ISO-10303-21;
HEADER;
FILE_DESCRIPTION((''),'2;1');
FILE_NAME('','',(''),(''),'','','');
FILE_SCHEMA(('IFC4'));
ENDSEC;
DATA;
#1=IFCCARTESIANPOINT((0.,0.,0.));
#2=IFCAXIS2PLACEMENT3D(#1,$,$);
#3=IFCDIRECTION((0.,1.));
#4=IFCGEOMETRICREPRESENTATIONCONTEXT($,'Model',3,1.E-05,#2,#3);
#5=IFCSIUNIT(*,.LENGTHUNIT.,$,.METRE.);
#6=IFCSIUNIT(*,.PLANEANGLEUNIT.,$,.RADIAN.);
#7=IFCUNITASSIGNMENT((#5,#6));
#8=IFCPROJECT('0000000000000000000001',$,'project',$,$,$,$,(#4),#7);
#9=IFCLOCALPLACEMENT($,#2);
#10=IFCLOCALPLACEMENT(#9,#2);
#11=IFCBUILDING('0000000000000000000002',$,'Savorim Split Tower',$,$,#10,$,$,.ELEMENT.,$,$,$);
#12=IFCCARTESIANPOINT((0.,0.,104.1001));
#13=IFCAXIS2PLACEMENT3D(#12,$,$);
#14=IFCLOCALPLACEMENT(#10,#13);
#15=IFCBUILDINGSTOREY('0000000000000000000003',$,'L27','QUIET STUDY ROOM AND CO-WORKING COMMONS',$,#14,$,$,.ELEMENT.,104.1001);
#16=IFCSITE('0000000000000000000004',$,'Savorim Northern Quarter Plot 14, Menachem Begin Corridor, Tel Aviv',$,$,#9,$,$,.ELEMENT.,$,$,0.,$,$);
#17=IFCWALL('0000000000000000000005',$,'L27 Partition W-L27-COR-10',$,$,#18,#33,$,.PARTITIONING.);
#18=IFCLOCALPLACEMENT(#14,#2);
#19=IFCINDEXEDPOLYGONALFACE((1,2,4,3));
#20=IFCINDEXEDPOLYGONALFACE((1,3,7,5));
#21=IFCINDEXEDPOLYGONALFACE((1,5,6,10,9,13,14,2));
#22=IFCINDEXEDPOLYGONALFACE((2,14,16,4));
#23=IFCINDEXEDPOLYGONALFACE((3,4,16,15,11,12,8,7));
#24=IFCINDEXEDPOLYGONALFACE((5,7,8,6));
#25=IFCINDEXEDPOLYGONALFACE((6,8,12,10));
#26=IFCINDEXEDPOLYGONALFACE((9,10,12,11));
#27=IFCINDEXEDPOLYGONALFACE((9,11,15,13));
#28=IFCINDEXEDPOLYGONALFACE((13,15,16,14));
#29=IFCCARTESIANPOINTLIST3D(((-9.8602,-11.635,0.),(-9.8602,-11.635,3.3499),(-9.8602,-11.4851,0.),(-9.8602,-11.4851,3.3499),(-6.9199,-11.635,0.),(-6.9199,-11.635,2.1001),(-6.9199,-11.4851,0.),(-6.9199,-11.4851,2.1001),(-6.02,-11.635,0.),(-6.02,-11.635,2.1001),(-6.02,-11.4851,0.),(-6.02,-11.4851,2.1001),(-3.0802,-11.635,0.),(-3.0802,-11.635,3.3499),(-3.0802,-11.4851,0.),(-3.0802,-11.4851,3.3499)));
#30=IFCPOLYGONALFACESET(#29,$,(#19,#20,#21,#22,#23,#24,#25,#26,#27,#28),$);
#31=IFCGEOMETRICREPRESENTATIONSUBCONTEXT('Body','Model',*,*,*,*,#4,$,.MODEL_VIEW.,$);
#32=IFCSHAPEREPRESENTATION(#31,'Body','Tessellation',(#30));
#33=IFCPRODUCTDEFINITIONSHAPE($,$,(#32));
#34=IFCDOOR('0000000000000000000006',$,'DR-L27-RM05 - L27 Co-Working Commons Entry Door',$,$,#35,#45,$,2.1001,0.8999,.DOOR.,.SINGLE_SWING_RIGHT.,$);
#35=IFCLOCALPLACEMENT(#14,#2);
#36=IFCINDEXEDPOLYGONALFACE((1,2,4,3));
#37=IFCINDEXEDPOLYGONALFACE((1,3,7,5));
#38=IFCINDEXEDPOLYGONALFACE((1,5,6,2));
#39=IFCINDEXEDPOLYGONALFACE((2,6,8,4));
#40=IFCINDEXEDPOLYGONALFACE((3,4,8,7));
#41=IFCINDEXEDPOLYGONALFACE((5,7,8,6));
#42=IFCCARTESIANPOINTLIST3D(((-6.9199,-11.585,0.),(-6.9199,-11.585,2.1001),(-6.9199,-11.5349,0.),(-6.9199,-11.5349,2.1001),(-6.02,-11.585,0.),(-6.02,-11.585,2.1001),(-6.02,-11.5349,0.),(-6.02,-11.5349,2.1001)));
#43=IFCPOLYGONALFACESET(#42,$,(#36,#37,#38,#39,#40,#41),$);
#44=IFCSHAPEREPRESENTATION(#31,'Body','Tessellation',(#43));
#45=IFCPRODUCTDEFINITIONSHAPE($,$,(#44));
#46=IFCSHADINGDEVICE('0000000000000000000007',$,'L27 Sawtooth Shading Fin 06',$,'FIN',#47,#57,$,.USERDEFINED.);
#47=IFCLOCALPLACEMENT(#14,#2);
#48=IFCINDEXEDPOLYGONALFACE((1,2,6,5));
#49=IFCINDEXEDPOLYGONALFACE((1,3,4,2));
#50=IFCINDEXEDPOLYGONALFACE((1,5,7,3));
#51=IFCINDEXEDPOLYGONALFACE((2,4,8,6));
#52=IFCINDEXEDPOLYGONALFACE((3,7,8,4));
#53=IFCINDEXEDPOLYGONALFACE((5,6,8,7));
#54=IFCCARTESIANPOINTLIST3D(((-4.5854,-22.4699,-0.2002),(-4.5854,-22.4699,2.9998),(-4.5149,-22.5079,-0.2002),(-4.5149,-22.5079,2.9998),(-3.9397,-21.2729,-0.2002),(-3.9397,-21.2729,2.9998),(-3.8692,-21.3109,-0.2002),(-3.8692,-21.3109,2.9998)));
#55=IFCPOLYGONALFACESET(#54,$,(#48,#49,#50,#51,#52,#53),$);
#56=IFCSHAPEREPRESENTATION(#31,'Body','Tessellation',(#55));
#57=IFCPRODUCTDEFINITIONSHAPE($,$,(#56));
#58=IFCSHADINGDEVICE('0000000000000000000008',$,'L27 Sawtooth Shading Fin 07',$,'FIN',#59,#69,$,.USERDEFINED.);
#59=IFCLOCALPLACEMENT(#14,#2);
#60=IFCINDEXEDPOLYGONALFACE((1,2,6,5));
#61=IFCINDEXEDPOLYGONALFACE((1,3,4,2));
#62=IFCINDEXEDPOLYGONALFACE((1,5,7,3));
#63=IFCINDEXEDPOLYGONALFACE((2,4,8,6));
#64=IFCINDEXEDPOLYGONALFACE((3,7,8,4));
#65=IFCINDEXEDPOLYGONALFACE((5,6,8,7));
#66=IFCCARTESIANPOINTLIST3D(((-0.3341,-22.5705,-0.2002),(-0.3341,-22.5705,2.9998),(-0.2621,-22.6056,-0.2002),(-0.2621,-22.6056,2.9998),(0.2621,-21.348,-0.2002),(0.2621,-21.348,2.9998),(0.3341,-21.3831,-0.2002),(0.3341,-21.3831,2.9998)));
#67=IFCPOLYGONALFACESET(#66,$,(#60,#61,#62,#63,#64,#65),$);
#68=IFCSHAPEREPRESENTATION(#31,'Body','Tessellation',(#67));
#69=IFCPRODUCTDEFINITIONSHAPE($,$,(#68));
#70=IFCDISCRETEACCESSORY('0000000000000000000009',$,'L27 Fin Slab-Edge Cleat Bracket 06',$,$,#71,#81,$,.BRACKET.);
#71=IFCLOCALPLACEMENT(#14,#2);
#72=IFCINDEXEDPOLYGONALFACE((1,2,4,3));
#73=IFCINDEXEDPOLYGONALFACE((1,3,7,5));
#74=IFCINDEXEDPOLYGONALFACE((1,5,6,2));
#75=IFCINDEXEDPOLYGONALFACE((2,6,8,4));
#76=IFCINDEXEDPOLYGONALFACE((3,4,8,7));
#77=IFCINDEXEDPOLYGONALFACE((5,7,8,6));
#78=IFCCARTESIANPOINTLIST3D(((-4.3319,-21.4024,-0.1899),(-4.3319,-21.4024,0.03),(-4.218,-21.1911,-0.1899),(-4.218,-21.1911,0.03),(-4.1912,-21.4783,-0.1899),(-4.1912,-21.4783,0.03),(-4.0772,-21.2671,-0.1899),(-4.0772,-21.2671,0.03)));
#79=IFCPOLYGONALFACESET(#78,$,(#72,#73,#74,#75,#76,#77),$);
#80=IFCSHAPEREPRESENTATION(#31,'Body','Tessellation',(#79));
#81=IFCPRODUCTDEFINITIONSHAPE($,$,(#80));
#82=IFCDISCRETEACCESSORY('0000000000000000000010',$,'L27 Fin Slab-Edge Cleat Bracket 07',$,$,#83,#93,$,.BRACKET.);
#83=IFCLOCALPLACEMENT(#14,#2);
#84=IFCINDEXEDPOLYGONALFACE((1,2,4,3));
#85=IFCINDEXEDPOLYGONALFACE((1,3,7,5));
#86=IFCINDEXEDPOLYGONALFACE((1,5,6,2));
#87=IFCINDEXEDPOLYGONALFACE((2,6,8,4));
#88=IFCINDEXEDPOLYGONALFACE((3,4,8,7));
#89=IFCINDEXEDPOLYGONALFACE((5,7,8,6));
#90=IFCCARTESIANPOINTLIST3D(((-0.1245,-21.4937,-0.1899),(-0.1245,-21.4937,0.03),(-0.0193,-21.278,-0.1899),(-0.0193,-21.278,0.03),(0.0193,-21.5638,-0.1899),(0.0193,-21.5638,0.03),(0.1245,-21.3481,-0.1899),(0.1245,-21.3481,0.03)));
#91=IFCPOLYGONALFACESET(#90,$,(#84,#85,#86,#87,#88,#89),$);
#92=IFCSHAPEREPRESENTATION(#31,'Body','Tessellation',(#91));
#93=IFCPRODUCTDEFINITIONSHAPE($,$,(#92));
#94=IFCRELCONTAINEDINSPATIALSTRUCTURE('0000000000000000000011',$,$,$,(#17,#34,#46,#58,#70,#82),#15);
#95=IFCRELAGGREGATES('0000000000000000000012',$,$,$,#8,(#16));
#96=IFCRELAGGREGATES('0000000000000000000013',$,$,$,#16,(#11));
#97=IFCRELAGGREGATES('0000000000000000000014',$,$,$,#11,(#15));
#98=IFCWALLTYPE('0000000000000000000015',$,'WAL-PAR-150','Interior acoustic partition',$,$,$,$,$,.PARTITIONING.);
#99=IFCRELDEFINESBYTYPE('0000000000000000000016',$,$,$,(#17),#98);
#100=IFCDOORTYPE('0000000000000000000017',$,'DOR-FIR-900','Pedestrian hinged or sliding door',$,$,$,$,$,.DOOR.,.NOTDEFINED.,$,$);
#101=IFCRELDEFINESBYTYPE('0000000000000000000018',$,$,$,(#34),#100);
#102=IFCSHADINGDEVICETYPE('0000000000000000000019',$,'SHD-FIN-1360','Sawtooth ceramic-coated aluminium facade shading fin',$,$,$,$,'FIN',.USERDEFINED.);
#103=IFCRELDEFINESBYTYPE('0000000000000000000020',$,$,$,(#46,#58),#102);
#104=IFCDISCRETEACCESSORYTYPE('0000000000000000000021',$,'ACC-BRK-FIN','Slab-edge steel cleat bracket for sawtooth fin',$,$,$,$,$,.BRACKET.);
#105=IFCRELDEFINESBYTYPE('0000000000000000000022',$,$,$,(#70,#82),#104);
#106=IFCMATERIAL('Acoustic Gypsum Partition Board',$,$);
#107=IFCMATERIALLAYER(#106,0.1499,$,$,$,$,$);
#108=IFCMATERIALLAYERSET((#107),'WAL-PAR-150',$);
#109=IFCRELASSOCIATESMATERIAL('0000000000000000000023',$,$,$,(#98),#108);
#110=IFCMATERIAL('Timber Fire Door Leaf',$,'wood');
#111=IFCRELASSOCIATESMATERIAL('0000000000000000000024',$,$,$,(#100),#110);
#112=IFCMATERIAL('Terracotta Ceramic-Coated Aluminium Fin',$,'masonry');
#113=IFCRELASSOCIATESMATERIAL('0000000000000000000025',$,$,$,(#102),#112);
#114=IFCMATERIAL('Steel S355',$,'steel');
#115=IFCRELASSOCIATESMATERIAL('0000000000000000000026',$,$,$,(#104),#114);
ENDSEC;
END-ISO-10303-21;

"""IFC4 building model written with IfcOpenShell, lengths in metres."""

from ifc_helpers import new_model, si_unit, direction, frame, frame_2d, origin, origin_2d, place, context, subcontext, project, spatial, rectangle, extrude, material, layer, layer_set, type_object, element, fill, save


model = new_model("IFC4")

# Units and contexts
model_context = context("Model", 3, precision=1e-05, world=origin(), true_north=direction((0.0, 1.0)))
body_context = subcontext(model_context, "Body", "Model", "MODEL_VIEW")
ifc_project = project(units=[si_unit("LENGTHUNIT", "METRE"), si_unit("PLANEANGLEUNIT", "RADIAN")], contexts=[model_context])

# Site, building, storey
site_placement = place(None, origin())
site = spatial("IfcSite", under=ifc_project, at=site_placement, Name="Savorim Northern Quarter Plot 14, Menachem Begin Corridor, Tel Aviv", CompositionType="ELEMENT", RefElevation=0.0)
building_placement = place(site_placement, origin())
building = spatial("IfcBuilding", under=site, at=building_placement, Name="Savorim Split Tower", CompositionType="ELEMENT")
storey_placement = place(building_placement, frame((0.0, 0.0, 104.1001)))
storey = spatial("IfcBuildingStorey", under=building, at=storey_placement, Name="L27", Description="QUIET STUDY ROOM AND CO-WORKING COMMONS", CompositionType="ELEMENT", Elevation=104.1001)

# Shared definitions
ifc_material_1 = material(Name="Steel S355", Category="steel")

# Shared definitions
ifc_material_2 = material(Name="Acoustic Gypsum Partition Board")
ifc_layer_1 = layer(ifc_material_2, 0.1499)
ifc_layer_set_1 = layer_set([ifc_layer_1], Name="WAL-PAR-150")
wall_type = type_object("IfcWallType", Name="WAL-PAR-150", Description="Interior acoustic partition", PredefinedType="PARTITIONING", material=ifc_layer_set_1)
ifc_material_3 = material(Name="Timber Fire Door Leaf", Category="wood")
door_type_1 = type_object("IfcDoorType", Name="DOR-FIR-900", Description="Pedestrian hinged or sliding door", OperationType="NOTDEFINED", PredefinedType="DOOR", material=ifc_material_3)

# Wall, opening, door
wall_1_placement = place(storey_placement, frame((-3.0801, -11.5601, 0.0), z_axis=(0.0, 0.0, 1.0), x_axis=(-1.0, 0.0, 0.0)))
wall_1 = element("IfcWall", 1, at=wall_1_placement, inside=storey, type_object=wall_type, Name="L27 Partition W-L27-COR-10", PredefinedType="PARTITIONING", context=body_context, shape_type="SweptSolid", body=[
    extrude(rectangle(XDim=6.78, YDim=0.1499, at=frame_2d((3.3901, 0.0))), origin(), (0.0, 0.0, 1.0), 3.3499),
])
opening_1_placement = place(wall_1_placement, frame((2.9399, 0.0, 0.0)))
opening_1 = element("IfcOpeningElement", 2, at=opening_1_placement, cuts=wall_1, PredefinedType="OPENING", context=body_context, shape_type="SweptSolid", body=[
    extrude(rectangle(XDim=0.8999, YDim=2.1001, at=frame_2d((0.45, 1.05))), frame((0.0, 0.085, 0.0), z_axis=(0.0, -1.0, 0.0), x_axis=(1.0, 0.0, 0.0)), (0.0, 0.0, 1.0), 0.1699),
])
door_1_placement = place(opening_1_placement, origin())
door_1 = element("IfcDoor", 3, at=door_1_placement, inside=storey, type_object=door_type_1, Name="DR-L27-RM05 - L27 Co-Working Commons Entry Door", OperationType="SINGLE_SWING_RIGHT", OverallHeight=2.1001, OverallWidth=0.8999, PredefinedType="DOOR", context=body_context, shape_type="SweptSolid", body=[
    extrude(rectangle(XDim=0.8999, YDim=2.1001, at=frame_2d((0.45, 1.05))), frame((0.0, 0.0249, 0.0), z_axis=(0.0, -1.0, 0.0), x_axis=(1.0, 0.0, 0.0)), (0.0, 0.0, 1.0), 0.05),
])
fill(opening_1, door_1)

# Shading devices
ifc_material_4 = material(Name="Terracotta Ceramic-Coated Aluminium Fin", Category="masonry")
shading_device_type = type_object("IfcShadingDeviceType", Name="SHD-FIN-1360", Description="Sawtooth ceramic-coated aluminium facade shading fin", ElementType="FIN", PredefinedType="USERDEFINED", material=ifc_material_4)
for number, where, z_axis, x_axis, name in (
    (4, (-4.2273, -21.8904, -0.2002), (0.0, 0.0, 1.0), (-0.474778, -0.880106, 0.0), "L27 Sawtooth Shading Fin 06"),
    (5, (0.0, -21.9768, -0.2002), (0.0, 0.0, 1.0), (-0.438371, -0.898794, 0.0), "L27 Sawtooth Shading Fin 07"),
):
    element("IfcShadingDevice", number, at=place(storey_placement, frame(where, z_axis=z_axis, x_axis=x_axis)), inside=storey, type_object=shading_device_type, Name=name, ObjectType="FIN", PredefinedType="USERDEFINED", context=body_context, shape_type="SweptSolid", body=[
        extrude(rectangle(XDim=1.3601, YDim=0.0801, at=origin_2d()), origin(), (0.0, 0.0, 1.0), 3.2),
    ])

# Discrete accessories
discrete_accessory_type = type_object("IfcDiscreteAccessoryType", Name="ACC-BRK-FIN", Description="Slab-edge steel cleat bracket for sawtooth fin", PredefinedType="BRACKET", material=ifc_material_1)
for number, where, z_axis, x_axis, name in (
    (6, (-4.2046, -21.3347, -0.1899), (0.0, 0.0, 1.0), (-0.474778, -0.880106, 0.0), "L27 Fin Slab-Edge Cleat Bracket 06"),
    (7, (0.0, -21.4209, -0.1899), (0.0, 0.0, 1.0), (-0.438371, -0.898794, 0.0), "L27 Fin Slab-Edge Cleat Bracket 07"),
):
    element("IfcDiscreteAccessory", number, at=place(storey_placement, frame(where, z_axis=z_axis, x_axis=x_axis)), inside=storey, type_object=discrete_accessory_type, Name=name, PredefinedType="BRACKET", context=body_context, shape_type="SweptSolid", body=[
        extrude(rectangle(XDim=0.24, YDim=0.1599, at=origin_2d()), origin(), (0.0, 0.0, 1.0), 0.22),
    ])

save(model, "model.ifc")
